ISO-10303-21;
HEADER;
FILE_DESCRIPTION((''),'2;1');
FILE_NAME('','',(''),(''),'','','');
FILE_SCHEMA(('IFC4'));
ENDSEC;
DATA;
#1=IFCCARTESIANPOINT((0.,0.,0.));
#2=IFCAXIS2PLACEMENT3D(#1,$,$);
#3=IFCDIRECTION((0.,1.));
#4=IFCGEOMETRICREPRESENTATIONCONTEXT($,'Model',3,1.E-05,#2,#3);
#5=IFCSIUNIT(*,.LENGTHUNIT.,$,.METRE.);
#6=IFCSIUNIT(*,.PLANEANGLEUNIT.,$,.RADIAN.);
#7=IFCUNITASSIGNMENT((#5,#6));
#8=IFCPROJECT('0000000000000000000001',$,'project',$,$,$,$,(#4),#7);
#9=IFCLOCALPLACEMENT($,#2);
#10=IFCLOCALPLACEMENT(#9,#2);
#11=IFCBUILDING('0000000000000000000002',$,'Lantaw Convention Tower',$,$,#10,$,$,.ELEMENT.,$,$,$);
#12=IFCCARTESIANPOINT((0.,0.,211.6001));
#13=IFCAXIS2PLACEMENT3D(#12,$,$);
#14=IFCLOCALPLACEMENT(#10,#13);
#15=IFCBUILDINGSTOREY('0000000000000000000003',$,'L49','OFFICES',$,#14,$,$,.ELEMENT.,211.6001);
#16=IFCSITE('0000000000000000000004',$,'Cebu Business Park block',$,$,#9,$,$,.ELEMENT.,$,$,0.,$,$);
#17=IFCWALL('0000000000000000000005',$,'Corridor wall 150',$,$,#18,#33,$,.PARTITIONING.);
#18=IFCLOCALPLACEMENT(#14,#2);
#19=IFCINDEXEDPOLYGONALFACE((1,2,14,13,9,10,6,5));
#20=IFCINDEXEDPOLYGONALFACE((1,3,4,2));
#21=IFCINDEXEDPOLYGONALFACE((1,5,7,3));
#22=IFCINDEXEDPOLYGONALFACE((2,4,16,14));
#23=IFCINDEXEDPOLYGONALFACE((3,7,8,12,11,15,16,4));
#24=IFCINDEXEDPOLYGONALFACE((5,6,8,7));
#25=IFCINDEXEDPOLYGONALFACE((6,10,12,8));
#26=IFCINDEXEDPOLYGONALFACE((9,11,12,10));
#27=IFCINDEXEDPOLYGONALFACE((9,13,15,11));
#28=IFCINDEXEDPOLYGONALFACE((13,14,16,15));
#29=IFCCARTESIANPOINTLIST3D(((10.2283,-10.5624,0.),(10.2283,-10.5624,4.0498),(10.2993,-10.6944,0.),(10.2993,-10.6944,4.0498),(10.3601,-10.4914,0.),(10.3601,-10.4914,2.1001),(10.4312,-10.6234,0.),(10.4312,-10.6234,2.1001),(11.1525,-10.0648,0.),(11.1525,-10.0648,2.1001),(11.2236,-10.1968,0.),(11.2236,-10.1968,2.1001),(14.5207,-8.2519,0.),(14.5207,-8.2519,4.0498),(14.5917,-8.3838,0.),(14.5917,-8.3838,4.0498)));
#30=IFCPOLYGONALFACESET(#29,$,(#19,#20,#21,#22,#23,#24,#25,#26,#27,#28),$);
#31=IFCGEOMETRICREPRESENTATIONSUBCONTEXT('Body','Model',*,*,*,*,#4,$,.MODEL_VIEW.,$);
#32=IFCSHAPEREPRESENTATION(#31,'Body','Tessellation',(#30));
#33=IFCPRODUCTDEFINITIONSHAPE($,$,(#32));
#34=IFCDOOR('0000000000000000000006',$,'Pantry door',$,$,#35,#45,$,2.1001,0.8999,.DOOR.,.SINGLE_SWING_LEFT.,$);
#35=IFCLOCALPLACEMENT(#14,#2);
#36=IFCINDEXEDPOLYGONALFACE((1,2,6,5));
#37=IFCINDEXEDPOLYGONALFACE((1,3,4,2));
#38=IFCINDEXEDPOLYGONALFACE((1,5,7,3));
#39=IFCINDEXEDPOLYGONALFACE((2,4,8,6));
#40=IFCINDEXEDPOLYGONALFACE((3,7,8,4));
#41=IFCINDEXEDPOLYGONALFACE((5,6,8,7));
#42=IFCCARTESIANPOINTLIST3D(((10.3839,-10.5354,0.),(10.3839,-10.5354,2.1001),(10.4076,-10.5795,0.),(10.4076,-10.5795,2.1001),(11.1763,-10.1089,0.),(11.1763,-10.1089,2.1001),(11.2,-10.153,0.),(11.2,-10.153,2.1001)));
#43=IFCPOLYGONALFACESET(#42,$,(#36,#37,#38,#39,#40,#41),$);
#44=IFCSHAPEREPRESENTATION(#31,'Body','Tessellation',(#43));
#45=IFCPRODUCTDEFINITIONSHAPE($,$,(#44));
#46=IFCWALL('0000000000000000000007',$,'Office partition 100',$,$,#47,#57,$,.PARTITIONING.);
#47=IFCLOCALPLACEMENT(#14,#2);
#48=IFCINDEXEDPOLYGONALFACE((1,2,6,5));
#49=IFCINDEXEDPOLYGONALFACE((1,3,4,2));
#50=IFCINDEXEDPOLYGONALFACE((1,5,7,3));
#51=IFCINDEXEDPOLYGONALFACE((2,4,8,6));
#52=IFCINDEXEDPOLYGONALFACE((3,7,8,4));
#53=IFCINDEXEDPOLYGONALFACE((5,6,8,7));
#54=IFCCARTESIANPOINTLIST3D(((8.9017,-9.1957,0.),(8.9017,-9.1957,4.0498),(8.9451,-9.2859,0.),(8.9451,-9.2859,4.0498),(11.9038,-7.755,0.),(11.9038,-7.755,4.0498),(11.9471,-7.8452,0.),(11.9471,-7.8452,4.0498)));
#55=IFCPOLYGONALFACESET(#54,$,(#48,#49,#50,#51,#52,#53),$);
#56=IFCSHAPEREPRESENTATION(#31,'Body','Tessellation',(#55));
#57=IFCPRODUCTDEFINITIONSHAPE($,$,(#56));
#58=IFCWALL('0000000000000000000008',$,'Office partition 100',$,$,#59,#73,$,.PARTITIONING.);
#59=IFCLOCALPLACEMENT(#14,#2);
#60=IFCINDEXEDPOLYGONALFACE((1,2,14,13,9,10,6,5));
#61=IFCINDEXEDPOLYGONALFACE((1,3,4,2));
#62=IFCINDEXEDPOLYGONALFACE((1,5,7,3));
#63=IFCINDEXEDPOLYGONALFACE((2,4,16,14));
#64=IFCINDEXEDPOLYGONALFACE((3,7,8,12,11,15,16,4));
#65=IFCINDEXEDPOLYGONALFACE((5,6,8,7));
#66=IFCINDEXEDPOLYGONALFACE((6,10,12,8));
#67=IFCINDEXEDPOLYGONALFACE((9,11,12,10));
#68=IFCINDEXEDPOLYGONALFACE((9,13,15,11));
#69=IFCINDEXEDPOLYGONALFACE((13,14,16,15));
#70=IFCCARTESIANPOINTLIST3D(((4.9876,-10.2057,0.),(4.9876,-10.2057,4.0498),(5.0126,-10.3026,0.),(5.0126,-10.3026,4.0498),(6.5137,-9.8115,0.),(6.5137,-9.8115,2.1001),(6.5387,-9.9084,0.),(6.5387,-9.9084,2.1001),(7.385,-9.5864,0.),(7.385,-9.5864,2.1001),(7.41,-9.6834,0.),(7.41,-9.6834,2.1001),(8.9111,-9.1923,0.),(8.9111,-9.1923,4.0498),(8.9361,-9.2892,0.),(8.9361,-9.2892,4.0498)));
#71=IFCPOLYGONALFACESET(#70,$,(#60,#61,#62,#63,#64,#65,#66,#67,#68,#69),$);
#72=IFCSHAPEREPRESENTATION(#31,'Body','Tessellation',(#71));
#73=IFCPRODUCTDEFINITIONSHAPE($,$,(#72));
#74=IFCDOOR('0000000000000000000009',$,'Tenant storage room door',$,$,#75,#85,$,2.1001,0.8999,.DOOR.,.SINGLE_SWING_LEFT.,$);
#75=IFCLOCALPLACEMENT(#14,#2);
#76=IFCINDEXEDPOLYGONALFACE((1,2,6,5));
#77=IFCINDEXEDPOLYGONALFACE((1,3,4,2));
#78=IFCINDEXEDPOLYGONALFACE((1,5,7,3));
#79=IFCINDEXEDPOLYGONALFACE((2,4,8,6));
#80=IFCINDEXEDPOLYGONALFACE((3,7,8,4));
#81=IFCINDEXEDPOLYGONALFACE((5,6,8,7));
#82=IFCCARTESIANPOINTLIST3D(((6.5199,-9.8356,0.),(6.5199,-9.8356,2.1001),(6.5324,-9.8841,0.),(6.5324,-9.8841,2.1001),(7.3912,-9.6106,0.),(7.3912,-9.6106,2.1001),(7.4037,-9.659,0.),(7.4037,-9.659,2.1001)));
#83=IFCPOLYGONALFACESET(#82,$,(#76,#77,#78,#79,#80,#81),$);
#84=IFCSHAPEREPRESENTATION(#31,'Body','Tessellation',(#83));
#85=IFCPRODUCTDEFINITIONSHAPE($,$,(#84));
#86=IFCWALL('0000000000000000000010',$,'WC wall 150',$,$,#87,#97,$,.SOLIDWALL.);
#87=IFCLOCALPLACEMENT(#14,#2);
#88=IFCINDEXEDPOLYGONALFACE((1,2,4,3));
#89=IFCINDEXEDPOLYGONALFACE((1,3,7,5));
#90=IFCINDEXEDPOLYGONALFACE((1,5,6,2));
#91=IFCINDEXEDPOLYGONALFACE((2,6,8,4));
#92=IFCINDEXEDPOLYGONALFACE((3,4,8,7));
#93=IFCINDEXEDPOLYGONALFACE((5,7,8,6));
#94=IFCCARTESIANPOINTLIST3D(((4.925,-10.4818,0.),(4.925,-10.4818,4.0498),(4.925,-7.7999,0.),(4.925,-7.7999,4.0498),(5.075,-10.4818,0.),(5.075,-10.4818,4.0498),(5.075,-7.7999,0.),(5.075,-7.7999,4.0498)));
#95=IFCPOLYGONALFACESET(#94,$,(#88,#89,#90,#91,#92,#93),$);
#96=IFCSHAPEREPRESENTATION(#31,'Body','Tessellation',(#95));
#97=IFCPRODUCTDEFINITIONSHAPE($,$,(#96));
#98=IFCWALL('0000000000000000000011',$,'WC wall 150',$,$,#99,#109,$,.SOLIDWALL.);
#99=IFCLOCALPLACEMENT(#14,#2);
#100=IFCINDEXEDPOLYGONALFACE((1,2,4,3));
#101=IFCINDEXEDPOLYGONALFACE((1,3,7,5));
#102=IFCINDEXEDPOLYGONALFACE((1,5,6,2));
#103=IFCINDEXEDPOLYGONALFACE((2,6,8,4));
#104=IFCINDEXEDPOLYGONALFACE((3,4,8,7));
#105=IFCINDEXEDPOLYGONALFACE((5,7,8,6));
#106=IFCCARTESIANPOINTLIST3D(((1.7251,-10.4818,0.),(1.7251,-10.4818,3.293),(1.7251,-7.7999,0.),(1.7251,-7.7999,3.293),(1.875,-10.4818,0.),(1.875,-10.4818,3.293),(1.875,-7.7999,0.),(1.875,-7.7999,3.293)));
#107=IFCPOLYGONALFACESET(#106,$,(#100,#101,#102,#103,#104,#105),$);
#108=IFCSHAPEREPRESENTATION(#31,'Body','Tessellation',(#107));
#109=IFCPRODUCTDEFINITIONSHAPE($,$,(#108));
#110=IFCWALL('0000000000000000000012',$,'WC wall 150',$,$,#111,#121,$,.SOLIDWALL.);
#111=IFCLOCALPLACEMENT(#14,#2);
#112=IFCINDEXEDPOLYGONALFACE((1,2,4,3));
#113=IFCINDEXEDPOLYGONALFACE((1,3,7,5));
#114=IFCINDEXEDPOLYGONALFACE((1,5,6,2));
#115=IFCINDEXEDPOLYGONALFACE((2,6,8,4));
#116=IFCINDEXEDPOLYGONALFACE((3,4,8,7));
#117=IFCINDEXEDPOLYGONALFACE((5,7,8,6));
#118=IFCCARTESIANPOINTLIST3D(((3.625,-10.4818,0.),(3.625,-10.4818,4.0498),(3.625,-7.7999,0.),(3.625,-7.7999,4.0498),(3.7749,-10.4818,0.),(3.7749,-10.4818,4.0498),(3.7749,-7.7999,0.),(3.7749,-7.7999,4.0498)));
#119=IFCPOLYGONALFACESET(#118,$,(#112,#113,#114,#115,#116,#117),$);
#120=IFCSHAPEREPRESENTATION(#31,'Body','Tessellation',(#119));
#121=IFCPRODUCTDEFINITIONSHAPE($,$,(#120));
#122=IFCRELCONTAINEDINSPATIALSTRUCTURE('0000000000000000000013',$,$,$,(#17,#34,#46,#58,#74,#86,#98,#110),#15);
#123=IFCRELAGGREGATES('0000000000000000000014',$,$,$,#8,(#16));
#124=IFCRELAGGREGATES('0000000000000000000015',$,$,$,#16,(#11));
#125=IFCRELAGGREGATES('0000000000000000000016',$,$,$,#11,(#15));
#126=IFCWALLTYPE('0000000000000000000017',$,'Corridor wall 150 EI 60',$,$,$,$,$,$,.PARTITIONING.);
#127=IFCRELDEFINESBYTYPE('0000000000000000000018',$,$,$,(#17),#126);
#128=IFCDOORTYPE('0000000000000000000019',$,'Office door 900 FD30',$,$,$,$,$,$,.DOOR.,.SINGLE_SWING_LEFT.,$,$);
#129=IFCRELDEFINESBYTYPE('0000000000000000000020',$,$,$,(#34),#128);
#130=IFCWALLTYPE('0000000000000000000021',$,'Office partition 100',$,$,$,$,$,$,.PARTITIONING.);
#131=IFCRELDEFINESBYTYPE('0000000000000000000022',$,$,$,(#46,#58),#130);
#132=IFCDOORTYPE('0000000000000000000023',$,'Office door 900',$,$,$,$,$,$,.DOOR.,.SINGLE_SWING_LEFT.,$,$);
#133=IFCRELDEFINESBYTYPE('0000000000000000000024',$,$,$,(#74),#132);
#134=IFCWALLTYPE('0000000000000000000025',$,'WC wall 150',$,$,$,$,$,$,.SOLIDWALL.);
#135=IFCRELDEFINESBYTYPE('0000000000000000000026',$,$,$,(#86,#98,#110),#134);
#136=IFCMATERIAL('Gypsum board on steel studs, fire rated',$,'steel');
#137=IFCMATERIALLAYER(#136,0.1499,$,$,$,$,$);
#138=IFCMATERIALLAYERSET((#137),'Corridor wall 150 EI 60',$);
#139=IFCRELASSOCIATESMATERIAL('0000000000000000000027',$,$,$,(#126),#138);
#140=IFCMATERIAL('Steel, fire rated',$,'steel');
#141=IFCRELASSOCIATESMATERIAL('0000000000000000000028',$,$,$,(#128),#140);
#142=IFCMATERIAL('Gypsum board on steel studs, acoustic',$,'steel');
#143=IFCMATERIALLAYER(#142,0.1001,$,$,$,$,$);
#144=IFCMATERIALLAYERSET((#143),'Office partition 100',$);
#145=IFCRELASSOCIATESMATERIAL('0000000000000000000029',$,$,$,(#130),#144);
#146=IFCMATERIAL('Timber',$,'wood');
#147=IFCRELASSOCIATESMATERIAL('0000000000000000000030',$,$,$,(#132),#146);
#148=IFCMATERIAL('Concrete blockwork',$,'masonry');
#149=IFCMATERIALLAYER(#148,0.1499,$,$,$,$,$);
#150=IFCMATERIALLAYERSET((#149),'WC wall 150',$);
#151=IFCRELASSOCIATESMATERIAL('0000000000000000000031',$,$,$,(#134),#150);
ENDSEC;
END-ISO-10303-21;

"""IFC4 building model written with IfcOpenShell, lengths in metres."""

from ifc_helpers import new_model, si_unit, direction, frame, frame_2d, origin, place, context, subcontext, project, spatial, rectangle, extrude, material, layer, layer_set, type_object, element, fill, save


model = new_model("IFC4")

# Units and contexts
model_context = context("Model", 3, precision=1e-05, world=origin(), true_north=direction((0.0, 1.0)))
body_context = subcontext(model_context, "Body", "Model", "MODEL_VIEW")
ifc_project = project(units=[si_unit("LENGTHUNIT", "METRE"), si_unit("PLANEANGLEUNIT", "RADIAN")], contexts=[model_context])

# Site, building, storey
site_placement = place(None, origin())
site = spatial("IfcSite", under=ifc_project, at=site_placement, Name="Cebu Business Park block", CompositionType="ELEMENT", RefElevation=0.0)
building_placement = place(site_placement, origin())
building = spatial("IfcBuilding", under=site, at=building_placement, Name="Lantaw Convention Tower", CompositionType="ELEMENT")
storey_placement = place(building_placement, frame((0.0, 0.0, 211.6001)))
storey = spatial("IfcBuildingStorey", under=building, at=storey_placement, Name="L49", Description="OFFICES", CompositionType="ELEMENT", Elevation=211.6001)

# Shared definitions
ifc_material_1 = material(Name="Steel, fire rated", Category="steel")

# Shared definitions
ifc_material_2 = material(Name="Gypsum board on steel studs, fire rated", Category="steel")
ifc_layer_1 = layer(ifc_material_2, 0.1499)
ifc_layer_set_1 = layer_set([ifc_layer_1], Name="Corridor wall 150 EI 60")
wall_type_1 = type_object("IfcWallType", Name="Corridor wall 150 EI 60", PredefinedType="PARTITIONING", material=ifc_layer_set_1)

# Wall, opening, door
wall_1_placement = place(storey_placement, frame((10.2637, -10.6284, 0.0), z_axis=(0.0, 0.0, 1.0), x_axis=(0.880539, 0.473974, 0.0)))
wall_1 = element("IfcWall", 1, at=wall_1_placement, inside=storey, type_object=wall_type_1, Name="Corridor wall 150", PredefinedType="PARTITIONING", context=body_context, shape_type="SweptSolid", body=[
    extrude(rectangle(XDim=4.8748, YDim=0.1499, at=frame_2d((2.4375, 0.0))), origin(), (0.0, 0.0, 1.0), 4.0498),
])
opening_1_placement = place(wall_1_placement, frame((0.1499, 0.0, 0.0)))
opening_1 = element("IfcOpeningElement", 2, at=opening_1_placement, cuts=wall_1, PredefinedType="OPENING", context=body_context, shape_type="SweptSolid", body=[
    extrude(rectangle(XDim=0.8999, YDim=2.1001, at=frame_2d((0.45, 1.05))), frame((0.0, 0.085, 0.0), z_axis=(0.0, -1.0, 0.0), x_axis=(1.0, 0.0, 0.0)), (0.0, 0.0, 1.0), 0.1699),
])
door_type_1 = type_object("IfcDoorType", Name="Office door 900 FD30", OperationType="SINGLE_SWING_LEFT", PredefinedType="DOOR", material=ifc_material_1)
door_1_placement = place(opening_1_placement, origin())
door_1 = element("IfcDoor", 3, at=door_1_placement, inside=storey, type_object=door_type_1, Name="Pantry door", OperationType="SINGLE_SWING_LEFT", OverallHeight=2.1001, OverallWidth=0.8999, PredefinedType="DOOR", context=body_context, shape_type="SweptSolid", body=[
    extrude(rectangle(XDim=0.8999, YDim=2.1001, at=frame_2d((0.45, 1.05))), frame((0.0, 0.0249, 0.0), z_axis=(0.0, -1.0, 0.0), x_axis=(1.0, 0.0, 0.0)), (0.0, 0.0, 1.0), 0.05),
])
fill(opening_1, door_1)

# Wall
ifc_material_3 = material(Name="Gypsum board on steel studs, acoustic", Category="steel")
ifc_layer_2 = layer(ifc_material_3, 0.1001)
ifc_layer_set_2 = layer_set([ifc_layer_2], Name="Office partition 100")
wall_type_2 = type_object("IfcWallType", Name="Office partition 100", PredefinedType="PARTITIONING", material=ifc_layer_set_2)
wall_2_placement = place(storey_placement, frame((11.9255, -7.8, 0.0), z_axis=(0.0, 0.0, 1.0), x_axis=(-0.901554, -0.432667, 0.0)))
element("IfcWall", 4, at=wall_2_placement, inside=storey, type_object=wall_type_2, Name="Office partition 100", PredefinedType="PARTITIONING", context=body_context, shape_type="SweptSolid", body=[
    extrude(rectangle(XDim=3.3298, YDim=0.1001, at=frame_2d((1.665, 0.0))), origin(), (0.0, 0.0, 1.0), 4.0498),
])

# Wall, opening, door
wall_3_placement = place(storey_placement, frame((8.9236, -9.2407, 0.0), z_axis=(0.0, 0.0, 1.0), x_axis=(-0.968224, -0.250084, 0.0)))
wall_3 = element("IfcWall", 5, at=wall_3_placement, inside=storey, type_object=wall_type_2, Name="Office partition 100", PredefinedType="PARTITIONING", context=body_context, shape_type="SweptSolid", body=[
    extrude(rectangle(XDim=4.0522, YDim=0.1001, at=frame_2d((2.0261, 0.0))), origin(), (0.0, 0.0, 1.0), 4.0498),
])
opening_2_placement = place(wall_3_placement, frame((1.5762, 0.0, 0.0)))
opening_2 = element("IfcOpeningElement", 6, at=opening_2_placement, cuts=wall_3, PredefinedType="OPENING", context=body_context, shape_type="SweptSolid", body=[
    extrude(rectangle(XDim=0.8999, YDim=2.1001, at=frame_2d((0.45, 1.05))), frame((0.0, 0.0601, 0.0), z_axis=(0.0, -1.0, 0.0), x_axis=(1.0, 0.0, 0.0)), (0.0, 0.0, 1.0), 0.1201),
])
ifc_material_4 = material(Name="Timber", Category="wood")
door_type_2 = type_object("IfcDoorType", Name="Office door 900", OperationType="SINGLE_SWING_LEFT", PredefinedType="DOOR", material=ifc_material_4)
door_2_placement = place(opening_2_placement, origin())
door_2 = element("IfcDoor", 7, at=door_2_placement, inside=storey, type_object=door_type_2, Name="Tenant storage room door", OperationType="SINGLE_SWING_LEFT", OverallHeight=2.1001, OverallWidth=0.8999, PredefinedType="DOOR", context=body_context, shape_type="SweptSolid", body=[
    extrude(rectangle(XDim=0.8999, YDim=2.1001, at=frame_2d((0.45, 1.05))), frame((0.0, 0.0249, 0.0), z_axis=(0.0, -1.0, 0.0), x_axis=(1.0, 0.0, 0.0)), (0.0, 0.0, 1.0), 0.05),
])
fill(opening_2, door_2)

# Walls
ifc_material_5 = material(Name="Concrete blockwork", Category="masonry")
ifc_layer_3 = layer(ifc_material_5, 0.1499)
ifc_layer_set_3 = layer_set([ifc_layer_3], Name="WC wall 150")
wall_type_3 = type_object("IfcWallType", Name="WC wall 150", PredefinedType="SOLIDWALL", material=ifc_layer_set_3)
wall_4_placement = place(storey_placement, frame((5.0, -7.8, 0.0), z_axis=(0.0, 0.0, 1.0), x_axis=(0.0, -1.0, 0.0)))
element("IfcWall", 8, at=wall_4_placement, inside=storey, type_object=wall_type_3, Name="WC wall 150", PredefinedType="SOLIDWALL", context=body_context, shape_type="SweptSolid", body=[
    extrude(rectangle(XDim=2.6819, YDim=0.1499, at=frame_2d((1.3408, 0.0))), origin(), (0.0, 0.0, 1.0), 4.0498),
])
wall_5_placement = place(storey_placement, frame((1.8, -7.8, 0.0), z_axis=(0.0, 0.0, 1.0), x_axis=(0.0, -1.0, 0.0)))
element("IfcWall", 9, at=wall_5_placement, inside=storey, type_object=wall_type_3, Name="WC wall 150", PredefinedType="SOLIDWALL", context=body_context, shape_type="SweptSolid", body=[
    extrude(rectangle(XDim=2.6819, YDim=0.1499, at=frame_2d((1.3408, 0.0))), origin(), (0.0, 0.0, 1.0), 3.293),
])
wall_6_placement = place(storey_placement, frame((3.7, -7.8, 0.0), z_axis=(0.0, 0.0, 1.0), x_axis=(0.0, -1.0, 0.0)))
element("IfcWall", 10, at=wall_6_placement, inside=storey, type_object=wall_type_3, Name="WC wall 150", PredefinedType="SOLIDWALL", context=body_context, shape_type="SweptSolid", body=[
    extrude(rectangle(XDim=2.6819, YDim=0.1499, at=frame_2d((1.3408, 0.0))), origin(), (0.0, 0.0, 1.0), 4.0498),
])

save(model, "model.ifc")
